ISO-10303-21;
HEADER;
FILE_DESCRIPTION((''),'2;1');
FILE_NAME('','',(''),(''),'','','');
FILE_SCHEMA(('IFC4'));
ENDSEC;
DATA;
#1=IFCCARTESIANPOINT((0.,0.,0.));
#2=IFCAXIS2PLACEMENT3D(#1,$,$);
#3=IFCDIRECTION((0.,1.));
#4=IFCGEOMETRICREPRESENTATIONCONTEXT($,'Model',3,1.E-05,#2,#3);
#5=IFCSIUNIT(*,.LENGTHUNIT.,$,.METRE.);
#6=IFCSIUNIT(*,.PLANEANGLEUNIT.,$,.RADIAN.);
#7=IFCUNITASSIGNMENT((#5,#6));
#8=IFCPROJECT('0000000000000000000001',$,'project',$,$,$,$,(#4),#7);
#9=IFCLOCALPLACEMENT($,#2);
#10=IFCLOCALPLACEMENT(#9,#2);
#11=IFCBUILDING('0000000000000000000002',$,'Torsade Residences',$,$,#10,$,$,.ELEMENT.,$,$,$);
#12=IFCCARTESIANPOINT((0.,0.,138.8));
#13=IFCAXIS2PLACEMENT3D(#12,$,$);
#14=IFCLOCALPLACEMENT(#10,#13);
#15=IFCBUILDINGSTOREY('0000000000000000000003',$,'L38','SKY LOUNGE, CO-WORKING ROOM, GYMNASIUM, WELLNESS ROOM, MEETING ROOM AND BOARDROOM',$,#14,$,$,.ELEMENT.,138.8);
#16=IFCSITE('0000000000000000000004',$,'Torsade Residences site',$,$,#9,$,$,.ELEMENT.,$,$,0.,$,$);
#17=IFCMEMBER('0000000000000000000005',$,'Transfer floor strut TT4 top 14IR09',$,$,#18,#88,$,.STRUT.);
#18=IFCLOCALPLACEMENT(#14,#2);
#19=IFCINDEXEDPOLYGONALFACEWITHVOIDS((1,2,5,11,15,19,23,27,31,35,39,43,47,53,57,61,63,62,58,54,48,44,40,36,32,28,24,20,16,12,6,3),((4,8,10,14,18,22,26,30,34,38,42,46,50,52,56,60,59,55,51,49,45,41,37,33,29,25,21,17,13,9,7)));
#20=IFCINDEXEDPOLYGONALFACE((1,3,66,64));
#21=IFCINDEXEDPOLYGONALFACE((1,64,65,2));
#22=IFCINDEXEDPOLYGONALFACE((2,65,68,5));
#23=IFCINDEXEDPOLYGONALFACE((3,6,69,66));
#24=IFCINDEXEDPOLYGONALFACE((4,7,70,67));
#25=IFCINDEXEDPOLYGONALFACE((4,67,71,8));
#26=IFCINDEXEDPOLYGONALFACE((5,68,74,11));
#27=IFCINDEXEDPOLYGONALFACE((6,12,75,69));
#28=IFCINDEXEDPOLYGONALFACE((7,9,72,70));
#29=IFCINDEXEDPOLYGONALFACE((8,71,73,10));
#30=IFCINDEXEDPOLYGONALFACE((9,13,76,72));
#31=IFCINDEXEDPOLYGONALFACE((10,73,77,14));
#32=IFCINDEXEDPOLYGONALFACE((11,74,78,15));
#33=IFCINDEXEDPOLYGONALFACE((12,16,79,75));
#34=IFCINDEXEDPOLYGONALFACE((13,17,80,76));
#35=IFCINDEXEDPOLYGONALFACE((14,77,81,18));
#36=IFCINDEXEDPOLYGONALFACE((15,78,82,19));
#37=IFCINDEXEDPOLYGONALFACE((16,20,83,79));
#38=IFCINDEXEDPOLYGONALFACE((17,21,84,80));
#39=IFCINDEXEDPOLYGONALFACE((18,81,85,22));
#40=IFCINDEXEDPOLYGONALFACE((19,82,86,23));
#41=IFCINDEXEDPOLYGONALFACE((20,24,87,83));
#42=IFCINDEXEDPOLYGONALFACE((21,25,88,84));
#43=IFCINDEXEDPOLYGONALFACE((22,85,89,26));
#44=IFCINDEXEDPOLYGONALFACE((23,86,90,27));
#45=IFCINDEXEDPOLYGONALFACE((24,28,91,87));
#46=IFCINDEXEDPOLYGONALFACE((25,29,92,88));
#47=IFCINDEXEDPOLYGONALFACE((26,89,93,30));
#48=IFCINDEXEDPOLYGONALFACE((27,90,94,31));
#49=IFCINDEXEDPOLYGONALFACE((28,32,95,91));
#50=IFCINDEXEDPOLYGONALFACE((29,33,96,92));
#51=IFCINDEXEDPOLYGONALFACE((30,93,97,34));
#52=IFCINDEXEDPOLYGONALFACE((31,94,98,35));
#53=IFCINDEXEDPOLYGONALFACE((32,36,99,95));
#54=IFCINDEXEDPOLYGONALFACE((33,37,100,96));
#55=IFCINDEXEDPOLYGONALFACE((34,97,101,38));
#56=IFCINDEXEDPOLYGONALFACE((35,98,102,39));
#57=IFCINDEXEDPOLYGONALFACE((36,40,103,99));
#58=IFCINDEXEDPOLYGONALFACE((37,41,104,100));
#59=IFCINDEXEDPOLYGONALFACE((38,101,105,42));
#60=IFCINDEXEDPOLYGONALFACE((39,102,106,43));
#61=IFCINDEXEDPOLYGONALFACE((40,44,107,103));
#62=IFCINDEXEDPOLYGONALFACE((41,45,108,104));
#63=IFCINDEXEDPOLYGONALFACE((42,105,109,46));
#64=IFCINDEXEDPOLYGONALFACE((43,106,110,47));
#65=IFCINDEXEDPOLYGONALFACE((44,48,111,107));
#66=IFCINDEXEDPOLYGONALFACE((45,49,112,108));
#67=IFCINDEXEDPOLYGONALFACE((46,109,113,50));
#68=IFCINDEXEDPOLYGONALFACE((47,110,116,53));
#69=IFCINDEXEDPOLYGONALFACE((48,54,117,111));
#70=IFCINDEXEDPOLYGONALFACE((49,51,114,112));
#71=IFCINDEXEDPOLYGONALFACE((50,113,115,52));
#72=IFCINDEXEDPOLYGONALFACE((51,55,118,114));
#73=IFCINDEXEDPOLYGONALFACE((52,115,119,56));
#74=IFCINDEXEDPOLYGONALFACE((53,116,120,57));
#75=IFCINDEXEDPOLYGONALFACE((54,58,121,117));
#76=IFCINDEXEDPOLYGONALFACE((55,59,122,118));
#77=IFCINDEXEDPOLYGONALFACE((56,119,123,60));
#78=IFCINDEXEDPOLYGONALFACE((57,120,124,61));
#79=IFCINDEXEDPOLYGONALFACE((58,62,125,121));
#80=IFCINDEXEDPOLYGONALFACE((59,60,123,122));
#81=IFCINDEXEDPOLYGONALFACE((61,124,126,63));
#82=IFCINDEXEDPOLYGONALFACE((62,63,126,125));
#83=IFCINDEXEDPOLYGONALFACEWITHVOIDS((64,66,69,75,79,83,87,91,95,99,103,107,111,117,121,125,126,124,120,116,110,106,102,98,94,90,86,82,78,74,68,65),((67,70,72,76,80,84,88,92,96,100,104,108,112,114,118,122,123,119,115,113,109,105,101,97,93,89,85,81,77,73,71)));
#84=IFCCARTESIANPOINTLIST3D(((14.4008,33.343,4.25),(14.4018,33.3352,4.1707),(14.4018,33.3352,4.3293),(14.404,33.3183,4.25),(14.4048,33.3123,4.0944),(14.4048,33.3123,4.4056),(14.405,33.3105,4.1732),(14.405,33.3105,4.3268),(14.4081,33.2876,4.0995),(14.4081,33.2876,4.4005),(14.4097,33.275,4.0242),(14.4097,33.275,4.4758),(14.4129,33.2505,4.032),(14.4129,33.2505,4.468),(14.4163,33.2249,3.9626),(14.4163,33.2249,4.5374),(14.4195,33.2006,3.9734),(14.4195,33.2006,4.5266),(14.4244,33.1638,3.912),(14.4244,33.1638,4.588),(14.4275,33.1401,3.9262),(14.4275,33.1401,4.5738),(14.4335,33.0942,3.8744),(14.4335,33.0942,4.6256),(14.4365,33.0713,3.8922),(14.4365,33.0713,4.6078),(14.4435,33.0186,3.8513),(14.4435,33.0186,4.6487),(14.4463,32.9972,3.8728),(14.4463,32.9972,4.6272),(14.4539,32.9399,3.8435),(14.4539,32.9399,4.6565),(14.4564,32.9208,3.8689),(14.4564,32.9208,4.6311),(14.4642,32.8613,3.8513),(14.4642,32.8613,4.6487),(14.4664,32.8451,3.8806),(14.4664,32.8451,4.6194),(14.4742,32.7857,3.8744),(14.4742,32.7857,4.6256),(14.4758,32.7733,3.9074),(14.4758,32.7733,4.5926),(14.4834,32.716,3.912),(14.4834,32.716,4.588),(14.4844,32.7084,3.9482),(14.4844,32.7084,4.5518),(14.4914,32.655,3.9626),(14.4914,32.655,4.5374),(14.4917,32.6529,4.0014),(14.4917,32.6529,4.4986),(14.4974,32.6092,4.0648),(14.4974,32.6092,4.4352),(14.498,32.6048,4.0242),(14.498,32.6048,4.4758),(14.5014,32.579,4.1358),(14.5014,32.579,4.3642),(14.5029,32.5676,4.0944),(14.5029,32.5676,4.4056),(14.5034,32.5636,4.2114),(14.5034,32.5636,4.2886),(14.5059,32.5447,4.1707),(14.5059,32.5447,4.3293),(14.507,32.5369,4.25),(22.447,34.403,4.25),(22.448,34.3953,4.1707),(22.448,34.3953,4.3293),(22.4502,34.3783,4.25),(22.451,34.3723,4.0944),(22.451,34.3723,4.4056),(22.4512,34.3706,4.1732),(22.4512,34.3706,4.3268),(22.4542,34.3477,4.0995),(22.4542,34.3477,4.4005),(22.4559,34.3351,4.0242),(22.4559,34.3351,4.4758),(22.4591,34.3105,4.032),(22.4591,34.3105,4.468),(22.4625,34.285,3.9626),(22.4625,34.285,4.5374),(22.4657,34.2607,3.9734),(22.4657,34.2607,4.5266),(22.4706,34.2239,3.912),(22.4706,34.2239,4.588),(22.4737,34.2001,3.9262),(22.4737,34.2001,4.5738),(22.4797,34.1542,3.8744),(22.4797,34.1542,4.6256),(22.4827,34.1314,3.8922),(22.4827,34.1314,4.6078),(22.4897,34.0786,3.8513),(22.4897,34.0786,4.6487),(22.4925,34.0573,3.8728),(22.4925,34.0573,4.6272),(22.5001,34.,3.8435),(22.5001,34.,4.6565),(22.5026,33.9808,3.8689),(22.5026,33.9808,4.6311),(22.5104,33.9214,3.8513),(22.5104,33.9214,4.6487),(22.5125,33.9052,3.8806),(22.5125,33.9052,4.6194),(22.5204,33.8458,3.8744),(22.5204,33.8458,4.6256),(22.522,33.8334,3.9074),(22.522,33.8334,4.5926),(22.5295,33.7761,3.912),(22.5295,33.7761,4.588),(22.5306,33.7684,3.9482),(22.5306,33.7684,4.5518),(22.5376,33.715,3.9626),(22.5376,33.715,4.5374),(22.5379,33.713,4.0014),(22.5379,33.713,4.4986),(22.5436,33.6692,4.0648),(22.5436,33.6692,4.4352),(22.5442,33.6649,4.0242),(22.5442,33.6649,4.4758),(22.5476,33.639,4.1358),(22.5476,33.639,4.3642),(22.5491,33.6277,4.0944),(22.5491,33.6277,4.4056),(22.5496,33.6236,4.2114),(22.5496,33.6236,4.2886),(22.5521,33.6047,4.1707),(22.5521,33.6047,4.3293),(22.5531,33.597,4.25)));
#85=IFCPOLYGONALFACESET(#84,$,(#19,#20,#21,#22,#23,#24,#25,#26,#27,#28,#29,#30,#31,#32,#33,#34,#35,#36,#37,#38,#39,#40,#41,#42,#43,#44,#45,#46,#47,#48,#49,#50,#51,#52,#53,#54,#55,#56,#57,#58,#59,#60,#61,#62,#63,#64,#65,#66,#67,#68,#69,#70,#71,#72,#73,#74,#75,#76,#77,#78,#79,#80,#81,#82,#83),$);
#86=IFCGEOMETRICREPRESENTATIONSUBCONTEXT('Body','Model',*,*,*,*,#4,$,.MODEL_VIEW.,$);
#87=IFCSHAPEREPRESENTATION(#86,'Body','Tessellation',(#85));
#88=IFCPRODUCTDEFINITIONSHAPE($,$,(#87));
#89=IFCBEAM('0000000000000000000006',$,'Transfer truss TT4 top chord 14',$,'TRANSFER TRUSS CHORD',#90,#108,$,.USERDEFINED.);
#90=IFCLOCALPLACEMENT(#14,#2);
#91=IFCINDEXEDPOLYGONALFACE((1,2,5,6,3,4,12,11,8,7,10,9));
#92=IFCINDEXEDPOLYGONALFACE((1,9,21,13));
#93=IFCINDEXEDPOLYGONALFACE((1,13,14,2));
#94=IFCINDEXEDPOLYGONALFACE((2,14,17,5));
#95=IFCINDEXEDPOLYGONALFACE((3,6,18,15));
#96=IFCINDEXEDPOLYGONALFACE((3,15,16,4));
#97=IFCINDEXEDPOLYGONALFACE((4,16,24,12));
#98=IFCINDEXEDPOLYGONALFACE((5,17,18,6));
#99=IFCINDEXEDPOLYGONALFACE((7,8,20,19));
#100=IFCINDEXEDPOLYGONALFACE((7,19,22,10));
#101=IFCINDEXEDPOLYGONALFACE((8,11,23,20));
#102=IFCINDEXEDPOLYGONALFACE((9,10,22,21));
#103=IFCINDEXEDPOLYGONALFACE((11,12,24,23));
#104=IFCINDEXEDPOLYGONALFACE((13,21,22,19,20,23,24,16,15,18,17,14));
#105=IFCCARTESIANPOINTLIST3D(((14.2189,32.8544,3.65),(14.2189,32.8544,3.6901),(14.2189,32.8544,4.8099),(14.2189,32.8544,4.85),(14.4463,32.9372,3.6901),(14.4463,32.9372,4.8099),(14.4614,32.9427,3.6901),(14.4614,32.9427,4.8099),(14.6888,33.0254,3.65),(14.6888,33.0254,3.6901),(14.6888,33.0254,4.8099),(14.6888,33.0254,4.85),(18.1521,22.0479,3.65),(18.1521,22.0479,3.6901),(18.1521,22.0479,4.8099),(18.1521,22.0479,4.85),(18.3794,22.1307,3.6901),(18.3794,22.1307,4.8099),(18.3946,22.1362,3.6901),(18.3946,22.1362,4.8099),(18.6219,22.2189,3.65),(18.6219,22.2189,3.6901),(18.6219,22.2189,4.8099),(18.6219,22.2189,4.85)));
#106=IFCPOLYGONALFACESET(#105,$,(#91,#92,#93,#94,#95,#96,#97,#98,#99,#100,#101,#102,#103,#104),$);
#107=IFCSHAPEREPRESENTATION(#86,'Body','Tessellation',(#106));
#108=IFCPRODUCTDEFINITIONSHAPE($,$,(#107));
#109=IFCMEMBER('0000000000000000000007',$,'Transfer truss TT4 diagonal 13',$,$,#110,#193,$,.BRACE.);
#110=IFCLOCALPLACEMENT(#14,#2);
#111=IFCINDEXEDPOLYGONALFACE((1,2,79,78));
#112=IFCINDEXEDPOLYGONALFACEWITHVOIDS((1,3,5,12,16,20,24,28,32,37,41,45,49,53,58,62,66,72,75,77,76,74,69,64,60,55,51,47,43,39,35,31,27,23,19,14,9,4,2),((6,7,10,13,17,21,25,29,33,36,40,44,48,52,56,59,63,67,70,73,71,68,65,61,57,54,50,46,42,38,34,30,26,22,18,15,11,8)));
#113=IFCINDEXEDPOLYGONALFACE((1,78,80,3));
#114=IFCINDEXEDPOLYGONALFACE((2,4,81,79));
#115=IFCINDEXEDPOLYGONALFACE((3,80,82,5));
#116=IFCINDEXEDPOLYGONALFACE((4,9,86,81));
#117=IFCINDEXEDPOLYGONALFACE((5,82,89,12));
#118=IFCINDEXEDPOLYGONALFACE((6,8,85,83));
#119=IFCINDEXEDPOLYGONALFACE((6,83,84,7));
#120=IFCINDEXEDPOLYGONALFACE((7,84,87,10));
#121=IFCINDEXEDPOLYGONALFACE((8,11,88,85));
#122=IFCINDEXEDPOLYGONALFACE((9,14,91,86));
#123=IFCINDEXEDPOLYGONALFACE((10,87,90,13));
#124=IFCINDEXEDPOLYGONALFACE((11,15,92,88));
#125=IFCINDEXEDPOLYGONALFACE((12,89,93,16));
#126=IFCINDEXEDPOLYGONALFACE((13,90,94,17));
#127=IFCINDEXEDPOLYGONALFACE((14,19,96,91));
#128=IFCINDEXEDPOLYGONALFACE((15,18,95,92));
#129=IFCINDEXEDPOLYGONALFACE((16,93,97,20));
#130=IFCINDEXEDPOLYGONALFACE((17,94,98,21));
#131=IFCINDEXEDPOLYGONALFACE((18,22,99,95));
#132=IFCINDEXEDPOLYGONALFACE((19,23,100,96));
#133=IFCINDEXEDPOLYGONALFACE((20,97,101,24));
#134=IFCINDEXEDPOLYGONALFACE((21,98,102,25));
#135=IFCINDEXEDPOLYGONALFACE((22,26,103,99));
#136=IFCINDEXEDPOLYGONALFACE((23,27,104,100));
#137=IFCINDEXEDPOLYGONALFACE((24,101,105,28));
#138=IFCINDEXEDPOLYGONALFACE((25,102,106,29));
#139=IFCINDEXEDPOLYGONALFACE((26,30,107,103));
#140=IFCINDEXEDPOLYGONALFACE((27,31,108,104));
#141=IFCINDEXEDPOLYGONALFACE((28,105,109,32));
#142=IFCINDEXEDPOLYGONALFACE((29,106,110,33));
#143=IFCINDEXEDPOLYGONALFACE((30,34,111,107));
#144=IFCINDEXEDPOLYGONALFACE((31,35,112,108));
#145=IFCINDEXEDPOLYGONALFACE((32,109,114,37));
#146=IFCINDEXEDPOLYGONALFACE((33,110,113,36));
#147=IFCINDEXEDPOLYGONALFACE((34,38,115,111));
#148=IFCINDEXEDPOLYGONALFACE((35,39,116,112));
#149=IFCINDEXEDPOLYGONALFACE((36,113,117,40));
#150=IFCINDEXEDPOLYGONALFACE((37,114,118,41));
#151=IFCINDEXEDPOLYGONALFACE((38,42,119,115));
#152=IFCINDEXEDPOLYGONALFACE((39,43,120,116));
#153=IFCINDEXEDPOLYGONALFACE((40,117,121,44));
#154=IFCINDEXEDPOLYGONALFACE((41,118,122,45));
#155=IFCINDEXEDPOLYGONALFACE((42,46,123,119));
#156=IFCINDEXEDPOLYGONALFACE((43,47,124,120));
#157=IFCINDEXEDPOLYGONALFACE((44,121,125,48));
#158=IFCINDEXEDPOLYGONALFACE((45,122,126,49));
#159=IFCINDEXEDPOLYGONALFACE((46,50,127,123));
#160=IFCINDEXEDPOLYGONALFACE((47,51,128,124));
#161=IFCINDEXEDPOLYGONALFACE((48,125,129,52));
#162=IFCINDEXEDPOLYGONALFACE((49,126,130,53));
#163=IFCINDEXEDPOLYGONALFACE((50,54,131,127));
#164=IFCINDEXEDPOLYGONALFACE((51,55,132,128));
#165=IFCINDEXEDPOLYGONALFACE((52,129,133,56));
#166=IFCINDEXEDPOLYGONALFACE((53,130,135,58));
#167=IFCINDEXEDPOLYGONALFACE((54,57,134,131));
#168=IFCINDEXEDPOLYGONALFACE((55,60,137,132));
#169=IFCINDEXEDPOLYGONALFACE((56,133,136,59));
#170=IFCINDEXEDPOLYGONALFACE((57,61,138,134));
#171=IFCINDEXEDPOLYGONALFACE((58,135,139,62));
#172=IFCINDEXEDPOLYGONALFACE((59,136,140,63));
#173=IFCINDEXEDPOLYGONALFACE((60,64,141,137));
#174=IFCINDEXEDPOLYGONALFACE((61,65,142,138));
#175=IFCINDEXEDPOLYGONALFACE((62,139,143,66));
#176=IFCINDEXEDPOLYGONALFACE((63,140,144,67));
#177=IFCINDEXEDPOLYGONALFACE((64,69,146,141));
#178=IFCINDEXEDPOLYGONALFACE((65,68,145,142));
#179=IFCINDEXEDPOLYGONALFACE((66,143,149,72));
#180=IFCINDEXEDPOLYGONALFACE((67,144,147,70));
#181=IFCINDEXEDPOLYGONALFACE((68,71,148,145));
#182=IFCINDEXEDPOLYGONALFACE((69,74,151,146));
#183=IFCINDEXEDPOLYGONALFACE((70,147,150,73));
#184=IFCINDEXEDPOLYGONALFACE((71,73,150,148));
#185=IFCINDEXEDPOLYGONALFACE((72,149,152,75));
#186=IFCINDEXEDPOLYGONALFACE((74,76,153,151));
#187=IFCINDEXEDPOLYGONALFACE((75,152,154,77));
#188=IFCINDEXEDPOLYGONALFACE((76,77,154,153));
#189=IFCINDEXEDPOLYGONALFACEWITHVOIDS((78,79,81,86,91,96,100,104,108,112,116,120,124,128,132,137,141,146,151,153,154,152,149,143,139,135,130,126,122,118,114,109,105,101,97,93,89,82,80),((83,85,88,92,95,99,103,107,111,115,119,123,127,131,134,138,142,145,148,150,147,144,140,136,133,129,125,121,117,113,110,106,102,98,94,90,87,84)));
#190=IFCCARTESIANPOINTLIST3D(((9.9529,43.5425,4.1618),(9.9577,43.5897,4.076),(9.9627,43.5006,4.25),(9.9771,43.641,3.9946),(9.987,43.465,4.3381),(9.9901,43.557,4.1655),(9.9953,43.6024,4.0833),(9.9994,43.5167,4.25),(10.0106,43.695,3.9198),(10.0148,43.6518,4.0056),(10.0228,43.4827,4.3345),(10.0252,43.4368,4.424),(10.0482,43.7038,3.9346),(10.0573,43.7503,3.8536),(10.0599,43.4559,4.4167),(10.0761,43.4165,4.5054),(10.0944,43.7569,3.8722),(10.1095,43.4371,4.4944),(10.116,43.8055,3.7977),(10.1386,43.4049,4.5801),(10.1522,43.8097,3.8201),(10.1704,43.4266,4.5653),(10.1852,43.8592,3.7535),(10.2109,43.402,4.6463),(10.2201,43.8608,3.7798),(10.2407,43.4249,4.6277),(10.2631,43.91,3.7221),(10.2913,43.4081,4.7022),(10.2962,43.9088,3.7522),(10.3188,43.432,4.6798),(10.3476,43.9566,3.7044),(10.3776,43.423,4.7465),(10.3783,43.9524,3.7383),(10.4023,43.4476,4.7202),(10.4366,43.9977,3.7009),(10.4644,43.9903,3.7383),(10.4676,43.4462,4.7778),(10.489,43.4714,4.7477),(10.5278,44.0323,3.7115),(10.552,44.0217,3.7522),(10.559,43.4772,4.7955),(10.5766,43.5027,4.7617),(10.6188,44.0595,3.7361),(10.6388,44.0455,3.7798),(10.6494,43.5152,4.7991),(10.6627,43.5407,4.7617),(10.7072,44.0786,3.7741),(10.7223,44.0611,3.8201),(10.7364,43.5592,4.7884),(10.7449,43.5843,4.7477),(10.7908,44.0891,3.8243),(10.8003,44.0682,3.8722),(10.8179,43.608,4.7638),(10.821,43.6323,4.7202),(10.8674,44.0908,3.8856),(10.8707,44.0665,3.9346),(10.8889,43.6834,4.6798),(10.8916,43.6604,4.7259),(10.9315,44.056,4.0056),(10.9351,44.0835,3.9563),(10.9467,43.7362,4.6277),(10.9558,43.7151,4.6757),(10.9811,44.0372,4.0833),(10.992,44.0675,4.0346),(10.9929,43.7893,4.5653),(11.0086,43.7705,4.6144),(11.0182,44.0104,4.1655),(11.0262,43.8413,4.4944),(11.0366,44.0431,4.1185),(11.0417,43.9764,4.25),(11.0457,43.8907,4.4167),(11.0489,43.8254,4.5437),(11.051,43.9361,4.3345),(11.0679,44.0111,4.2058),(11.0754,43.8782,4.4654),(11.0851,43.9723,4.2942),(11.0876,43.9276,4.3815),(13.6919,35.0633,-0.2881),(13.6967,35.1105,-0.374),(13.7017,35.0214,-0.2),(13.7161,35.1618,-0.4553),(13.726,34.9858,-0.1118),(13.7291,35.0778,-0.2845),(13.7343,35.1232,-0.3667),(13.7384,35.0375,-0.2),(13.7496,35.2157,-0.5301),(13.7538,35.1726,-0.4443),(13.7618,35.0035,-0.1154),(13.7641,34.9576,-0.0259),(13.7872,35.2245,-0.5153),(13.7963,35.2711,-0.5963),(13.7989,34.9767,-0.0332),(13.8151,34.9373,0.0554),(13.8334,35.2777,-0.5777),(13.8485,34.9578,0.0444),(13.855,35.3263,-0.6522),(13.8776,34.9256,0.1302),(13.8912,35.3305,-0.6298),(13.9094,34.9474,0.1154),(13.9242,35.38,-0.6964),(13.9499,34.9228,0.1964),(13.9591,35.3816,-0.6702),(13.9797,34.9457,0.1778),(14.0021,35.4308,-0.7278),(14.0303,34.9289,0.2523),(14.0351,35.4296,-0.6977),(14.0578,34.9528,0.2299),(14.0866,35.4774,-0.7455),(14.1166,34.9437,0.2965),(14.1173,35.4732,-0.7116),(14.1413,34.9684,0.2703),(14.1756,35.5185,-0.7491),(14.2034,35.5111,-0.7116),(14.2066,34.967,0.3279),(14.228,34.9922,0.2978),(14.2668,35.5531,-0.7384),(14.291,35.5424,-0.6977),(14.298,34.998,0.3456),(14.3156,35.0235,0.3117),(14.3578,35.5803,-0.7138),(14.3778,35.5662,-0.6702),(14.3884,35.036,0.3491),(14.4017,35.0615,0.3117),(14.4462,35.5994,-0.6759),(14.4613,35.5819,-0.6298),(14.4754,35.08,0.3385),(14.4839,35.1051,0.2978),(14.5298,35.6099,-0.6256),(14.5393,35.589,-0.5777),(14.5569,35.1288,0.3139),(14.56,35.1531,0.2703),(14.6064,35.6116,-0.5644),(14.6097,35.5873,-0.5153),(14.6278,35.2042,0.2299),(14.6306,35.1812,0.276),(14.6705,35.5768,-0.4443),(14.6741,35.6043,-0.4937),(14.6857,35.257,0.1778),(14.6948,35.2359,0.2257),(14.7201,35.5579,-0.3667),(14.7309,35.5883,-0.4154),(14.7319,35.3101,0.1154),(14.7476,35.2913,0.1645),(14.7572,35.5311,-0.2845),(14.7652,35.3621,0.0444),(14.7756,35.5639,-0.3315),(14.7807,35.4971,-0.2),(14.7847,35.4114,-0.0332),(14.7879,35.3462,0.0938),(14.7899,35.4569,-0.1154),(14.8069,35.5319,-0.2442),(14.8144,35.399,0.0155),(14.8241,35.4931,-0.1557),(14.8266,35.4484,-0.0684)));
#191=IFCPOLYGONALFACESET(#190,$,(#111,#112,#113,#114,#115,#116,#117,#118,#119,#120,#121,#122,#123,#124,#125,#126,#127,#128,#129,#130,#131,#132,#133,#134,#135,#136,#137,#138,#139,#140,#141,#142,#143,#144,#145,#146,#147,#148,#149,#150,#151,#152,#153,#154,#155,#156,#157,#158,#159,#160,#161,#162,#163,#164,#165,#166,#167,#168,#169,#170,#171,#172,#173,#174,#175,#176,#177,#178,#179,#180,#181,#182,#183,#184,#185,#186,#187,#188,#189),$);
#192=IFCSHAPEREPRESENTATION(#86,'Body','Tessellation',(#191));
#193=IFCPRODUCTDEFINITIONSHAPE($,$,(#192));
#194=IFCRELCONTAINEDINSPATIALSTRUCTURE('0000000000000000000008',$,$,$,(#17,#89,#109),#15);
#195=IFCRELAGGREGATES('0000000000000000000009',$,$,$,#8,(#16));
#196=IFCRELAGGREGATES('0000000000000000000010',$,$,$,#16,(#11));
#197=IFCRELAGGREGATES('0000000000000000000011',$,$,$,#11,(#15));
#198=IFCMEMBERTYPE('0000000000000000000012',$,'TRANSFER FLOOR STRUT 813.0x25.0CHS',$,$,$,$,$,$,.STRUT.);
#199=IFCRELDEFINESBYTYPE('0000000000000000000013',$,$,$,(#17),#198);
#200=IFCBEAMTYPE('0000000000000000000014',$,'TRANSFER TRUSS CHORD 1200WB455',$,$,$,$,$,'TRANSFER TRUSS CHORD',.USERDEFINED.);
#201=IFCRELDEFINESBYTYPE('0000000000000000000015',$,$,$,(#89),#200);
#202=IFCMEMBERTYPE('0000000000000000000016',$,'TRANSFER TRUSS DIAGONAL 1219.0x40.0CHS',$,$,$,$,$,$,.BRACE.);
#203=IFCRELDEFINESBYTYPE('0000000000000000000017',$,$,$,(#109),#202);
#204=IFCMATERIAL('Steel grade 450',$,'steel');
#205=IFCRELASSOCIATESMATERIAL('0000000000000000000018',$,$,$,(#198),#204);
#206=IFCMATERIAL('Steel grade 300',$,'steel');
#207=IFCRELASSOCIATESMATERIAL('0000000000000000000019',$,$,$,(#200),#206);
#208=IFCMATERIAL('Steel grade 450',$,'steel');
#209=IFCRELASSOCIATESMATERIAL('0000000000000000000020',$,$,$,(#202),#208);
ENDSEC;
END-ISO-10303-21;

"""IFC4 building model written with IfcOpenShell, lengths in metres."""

from ifc_helpers import new_model, si_unit, direction, frame, origin, origin_2d, place, context, subcontext, project, spatial, hollow_circle, i_section, extrude, material, material_profile, profile_set, type_object, element, save


model = new_model("IFC4")

# Units and contexts
model_context = context("Model", 3, precision=1e-05, world=origin(), true_north=direction((0.0, 1.0)))
body_context = subcontext(model_context, "Body", "Model", "MODEL_VIEW")
ifc_project = project(units=[si_unit("LENGTHUNIT", "METRE"), si_unit("PLANEANGLEUNIT", "RADIAN")], contexts=[model_context])

# Site, building, storey
site_placement = place(None, origin())
site = spatial("IfcSite", under=ifc_project, at=site_placement, Name="Torsade Residences site", CompositionType="ELEMENT", RefElevation=0.0)
building_placement = place(site_placement, origin())
building = spatial("IfcBuilding", under=site, at=building_placement, Name="Torsade Residences", CompositionType="ELEMENT")
storey_placement = place(building_placement, frame((0.0, 0.0, 138.8)))
storey = spatial("IfcBuildingStorey", under=building, at=storey_placement, Name="L38", Description="SKY LOUNGE, CO-WORKING ROOM, GYMNASIUM, WELLNESS ROOM, MEETING ROOM AND BOARDROOM", CompositionType="ELEMENT", Elevation=138.8)

# Member
ifc_material_1 = material(Name="Steel grade 450", Category="steel")
ifc_material_profile_1 = material_profile(ifc_material_1, hollow_circle(Radius=0.4065, WallThickness=0.0249, at=origin_2d()), Name="813.0x25.0CHS")
ifc_profile_set_1 = profile_set([ifc_material_profile_1], Name="Steel grade 450")
member_type_1 = type_object("IfcMemberType", Name="TRANSFER FLOOR STRUT 813.0x25.0CHS", PredefinedType="STRUT", material=ifc_profile_set_1)
member_1_placement = place(storey_placement, frame((14.4539, 32.9399, 4.25), z_axis=(0.991433, 0.130619, 0.0), x_axis=(-0.130619, 0.991433, 0.0)))
element("IfcMember", 1, at=member_1_placement, inside=storey, type_object=member_type_1, Name="Transfer floor strut TT4 top 14IR09", PredefinedType="STRUT", context=body_context, shape_type="SweptSolid", body=[
    extrude(hollow_circle(Radius=0.4065, WallThickness=0.0249, at=origin_2d()), origin(), (0.0, 0.0, 1.0), 8.1157),
])

# Beam
ifc_material_2 = material(Name="Steel grade 300", Category="steel")
ifc_material_profile_2 = material_profile(ifc_material_2, i_section(OverallWidth=0.5, OverallDepth=1.2, WebThickness=0.0161, FlangeThickness=0.04, at=origin_2d()), Name="1200WB455")
ifc_profile_set_2 = profile_set([ifc_material_profile_2], Name="Steel grade 300")
beam_type_1 = type_object("IfcBeamType", Name="TRANSFER TRUSS CHORD 1200WB455", ElementType="TRANSFER TRUSS CHORD", PredefinedType="USERDEFINED", material=ifc_profile_set_2)
beam_1_placement = place(storey_placement, frame((14.4539, 32.9399, 4.25), z_axis=(0.342012, -0.939695, 0.0), x_axis=(0.939695, 0.342012, 0.0)))
element("IfcBeam", 2, at=beam_1_placement, inside=storey, type_object=beam_type_1, Name="Transfer truss TT4 top chord 14", ObjectType="TRANSFER TRUSS CHORD", PredefinedType="USERDEFINED", context=body_context, shape_type="SweptSolid", body=[
    extrude(i_section(OverallWidth=0.5, OverallDepth=1.2, WebThickness=0.0161, FlangeThickness=0.04, at=origin_2d()), origin(), (0.0, 0.0, 1.0), 11.5),
])

# Member
ifc_material_3 = material(Name="Steel grade 450", Category="steel")
ifc_material_profile_3 = material_profile(ifc_material_3, hollow_circle(Radius=0.6096, WallThickness=0.04, at=origin_2d()), Name="1219.0x40.0CHS")
ifc_profile_set_3 = profile_set([ifc_material_profile_3], Name="Steel grade 450")
member_type_2 = type_object("IfcMemberType", Name="TRANSFER TRUSS DIAGONAL 1219.0x40.0CHS", PredefinedType="BRACE", material=ifc_profile_set_3)
member_2_placement = place(storey_placement, frame((14.2595, 35.2673, -0.2), z_axis=(-0.363715, 0.824824, 0.432871), x_axis=(-0.914991, -0.403475, 0.0)))
element("IfcMember", 3, at=member_2_placement, inside=storey, type_object=member_type_2, Name="Transfer truss TT4 diagonal 13", PredefinedType="BRACE", context=body_context, shape_type="SweptSolid", body=[
    extrude(hollow_circle(Radius=0.6096, WallThickness=0.04, at=origin_2d()), origin(), (0.0, 0.0, 1.0), 10.28),
])

save(model, "model.ifc")
